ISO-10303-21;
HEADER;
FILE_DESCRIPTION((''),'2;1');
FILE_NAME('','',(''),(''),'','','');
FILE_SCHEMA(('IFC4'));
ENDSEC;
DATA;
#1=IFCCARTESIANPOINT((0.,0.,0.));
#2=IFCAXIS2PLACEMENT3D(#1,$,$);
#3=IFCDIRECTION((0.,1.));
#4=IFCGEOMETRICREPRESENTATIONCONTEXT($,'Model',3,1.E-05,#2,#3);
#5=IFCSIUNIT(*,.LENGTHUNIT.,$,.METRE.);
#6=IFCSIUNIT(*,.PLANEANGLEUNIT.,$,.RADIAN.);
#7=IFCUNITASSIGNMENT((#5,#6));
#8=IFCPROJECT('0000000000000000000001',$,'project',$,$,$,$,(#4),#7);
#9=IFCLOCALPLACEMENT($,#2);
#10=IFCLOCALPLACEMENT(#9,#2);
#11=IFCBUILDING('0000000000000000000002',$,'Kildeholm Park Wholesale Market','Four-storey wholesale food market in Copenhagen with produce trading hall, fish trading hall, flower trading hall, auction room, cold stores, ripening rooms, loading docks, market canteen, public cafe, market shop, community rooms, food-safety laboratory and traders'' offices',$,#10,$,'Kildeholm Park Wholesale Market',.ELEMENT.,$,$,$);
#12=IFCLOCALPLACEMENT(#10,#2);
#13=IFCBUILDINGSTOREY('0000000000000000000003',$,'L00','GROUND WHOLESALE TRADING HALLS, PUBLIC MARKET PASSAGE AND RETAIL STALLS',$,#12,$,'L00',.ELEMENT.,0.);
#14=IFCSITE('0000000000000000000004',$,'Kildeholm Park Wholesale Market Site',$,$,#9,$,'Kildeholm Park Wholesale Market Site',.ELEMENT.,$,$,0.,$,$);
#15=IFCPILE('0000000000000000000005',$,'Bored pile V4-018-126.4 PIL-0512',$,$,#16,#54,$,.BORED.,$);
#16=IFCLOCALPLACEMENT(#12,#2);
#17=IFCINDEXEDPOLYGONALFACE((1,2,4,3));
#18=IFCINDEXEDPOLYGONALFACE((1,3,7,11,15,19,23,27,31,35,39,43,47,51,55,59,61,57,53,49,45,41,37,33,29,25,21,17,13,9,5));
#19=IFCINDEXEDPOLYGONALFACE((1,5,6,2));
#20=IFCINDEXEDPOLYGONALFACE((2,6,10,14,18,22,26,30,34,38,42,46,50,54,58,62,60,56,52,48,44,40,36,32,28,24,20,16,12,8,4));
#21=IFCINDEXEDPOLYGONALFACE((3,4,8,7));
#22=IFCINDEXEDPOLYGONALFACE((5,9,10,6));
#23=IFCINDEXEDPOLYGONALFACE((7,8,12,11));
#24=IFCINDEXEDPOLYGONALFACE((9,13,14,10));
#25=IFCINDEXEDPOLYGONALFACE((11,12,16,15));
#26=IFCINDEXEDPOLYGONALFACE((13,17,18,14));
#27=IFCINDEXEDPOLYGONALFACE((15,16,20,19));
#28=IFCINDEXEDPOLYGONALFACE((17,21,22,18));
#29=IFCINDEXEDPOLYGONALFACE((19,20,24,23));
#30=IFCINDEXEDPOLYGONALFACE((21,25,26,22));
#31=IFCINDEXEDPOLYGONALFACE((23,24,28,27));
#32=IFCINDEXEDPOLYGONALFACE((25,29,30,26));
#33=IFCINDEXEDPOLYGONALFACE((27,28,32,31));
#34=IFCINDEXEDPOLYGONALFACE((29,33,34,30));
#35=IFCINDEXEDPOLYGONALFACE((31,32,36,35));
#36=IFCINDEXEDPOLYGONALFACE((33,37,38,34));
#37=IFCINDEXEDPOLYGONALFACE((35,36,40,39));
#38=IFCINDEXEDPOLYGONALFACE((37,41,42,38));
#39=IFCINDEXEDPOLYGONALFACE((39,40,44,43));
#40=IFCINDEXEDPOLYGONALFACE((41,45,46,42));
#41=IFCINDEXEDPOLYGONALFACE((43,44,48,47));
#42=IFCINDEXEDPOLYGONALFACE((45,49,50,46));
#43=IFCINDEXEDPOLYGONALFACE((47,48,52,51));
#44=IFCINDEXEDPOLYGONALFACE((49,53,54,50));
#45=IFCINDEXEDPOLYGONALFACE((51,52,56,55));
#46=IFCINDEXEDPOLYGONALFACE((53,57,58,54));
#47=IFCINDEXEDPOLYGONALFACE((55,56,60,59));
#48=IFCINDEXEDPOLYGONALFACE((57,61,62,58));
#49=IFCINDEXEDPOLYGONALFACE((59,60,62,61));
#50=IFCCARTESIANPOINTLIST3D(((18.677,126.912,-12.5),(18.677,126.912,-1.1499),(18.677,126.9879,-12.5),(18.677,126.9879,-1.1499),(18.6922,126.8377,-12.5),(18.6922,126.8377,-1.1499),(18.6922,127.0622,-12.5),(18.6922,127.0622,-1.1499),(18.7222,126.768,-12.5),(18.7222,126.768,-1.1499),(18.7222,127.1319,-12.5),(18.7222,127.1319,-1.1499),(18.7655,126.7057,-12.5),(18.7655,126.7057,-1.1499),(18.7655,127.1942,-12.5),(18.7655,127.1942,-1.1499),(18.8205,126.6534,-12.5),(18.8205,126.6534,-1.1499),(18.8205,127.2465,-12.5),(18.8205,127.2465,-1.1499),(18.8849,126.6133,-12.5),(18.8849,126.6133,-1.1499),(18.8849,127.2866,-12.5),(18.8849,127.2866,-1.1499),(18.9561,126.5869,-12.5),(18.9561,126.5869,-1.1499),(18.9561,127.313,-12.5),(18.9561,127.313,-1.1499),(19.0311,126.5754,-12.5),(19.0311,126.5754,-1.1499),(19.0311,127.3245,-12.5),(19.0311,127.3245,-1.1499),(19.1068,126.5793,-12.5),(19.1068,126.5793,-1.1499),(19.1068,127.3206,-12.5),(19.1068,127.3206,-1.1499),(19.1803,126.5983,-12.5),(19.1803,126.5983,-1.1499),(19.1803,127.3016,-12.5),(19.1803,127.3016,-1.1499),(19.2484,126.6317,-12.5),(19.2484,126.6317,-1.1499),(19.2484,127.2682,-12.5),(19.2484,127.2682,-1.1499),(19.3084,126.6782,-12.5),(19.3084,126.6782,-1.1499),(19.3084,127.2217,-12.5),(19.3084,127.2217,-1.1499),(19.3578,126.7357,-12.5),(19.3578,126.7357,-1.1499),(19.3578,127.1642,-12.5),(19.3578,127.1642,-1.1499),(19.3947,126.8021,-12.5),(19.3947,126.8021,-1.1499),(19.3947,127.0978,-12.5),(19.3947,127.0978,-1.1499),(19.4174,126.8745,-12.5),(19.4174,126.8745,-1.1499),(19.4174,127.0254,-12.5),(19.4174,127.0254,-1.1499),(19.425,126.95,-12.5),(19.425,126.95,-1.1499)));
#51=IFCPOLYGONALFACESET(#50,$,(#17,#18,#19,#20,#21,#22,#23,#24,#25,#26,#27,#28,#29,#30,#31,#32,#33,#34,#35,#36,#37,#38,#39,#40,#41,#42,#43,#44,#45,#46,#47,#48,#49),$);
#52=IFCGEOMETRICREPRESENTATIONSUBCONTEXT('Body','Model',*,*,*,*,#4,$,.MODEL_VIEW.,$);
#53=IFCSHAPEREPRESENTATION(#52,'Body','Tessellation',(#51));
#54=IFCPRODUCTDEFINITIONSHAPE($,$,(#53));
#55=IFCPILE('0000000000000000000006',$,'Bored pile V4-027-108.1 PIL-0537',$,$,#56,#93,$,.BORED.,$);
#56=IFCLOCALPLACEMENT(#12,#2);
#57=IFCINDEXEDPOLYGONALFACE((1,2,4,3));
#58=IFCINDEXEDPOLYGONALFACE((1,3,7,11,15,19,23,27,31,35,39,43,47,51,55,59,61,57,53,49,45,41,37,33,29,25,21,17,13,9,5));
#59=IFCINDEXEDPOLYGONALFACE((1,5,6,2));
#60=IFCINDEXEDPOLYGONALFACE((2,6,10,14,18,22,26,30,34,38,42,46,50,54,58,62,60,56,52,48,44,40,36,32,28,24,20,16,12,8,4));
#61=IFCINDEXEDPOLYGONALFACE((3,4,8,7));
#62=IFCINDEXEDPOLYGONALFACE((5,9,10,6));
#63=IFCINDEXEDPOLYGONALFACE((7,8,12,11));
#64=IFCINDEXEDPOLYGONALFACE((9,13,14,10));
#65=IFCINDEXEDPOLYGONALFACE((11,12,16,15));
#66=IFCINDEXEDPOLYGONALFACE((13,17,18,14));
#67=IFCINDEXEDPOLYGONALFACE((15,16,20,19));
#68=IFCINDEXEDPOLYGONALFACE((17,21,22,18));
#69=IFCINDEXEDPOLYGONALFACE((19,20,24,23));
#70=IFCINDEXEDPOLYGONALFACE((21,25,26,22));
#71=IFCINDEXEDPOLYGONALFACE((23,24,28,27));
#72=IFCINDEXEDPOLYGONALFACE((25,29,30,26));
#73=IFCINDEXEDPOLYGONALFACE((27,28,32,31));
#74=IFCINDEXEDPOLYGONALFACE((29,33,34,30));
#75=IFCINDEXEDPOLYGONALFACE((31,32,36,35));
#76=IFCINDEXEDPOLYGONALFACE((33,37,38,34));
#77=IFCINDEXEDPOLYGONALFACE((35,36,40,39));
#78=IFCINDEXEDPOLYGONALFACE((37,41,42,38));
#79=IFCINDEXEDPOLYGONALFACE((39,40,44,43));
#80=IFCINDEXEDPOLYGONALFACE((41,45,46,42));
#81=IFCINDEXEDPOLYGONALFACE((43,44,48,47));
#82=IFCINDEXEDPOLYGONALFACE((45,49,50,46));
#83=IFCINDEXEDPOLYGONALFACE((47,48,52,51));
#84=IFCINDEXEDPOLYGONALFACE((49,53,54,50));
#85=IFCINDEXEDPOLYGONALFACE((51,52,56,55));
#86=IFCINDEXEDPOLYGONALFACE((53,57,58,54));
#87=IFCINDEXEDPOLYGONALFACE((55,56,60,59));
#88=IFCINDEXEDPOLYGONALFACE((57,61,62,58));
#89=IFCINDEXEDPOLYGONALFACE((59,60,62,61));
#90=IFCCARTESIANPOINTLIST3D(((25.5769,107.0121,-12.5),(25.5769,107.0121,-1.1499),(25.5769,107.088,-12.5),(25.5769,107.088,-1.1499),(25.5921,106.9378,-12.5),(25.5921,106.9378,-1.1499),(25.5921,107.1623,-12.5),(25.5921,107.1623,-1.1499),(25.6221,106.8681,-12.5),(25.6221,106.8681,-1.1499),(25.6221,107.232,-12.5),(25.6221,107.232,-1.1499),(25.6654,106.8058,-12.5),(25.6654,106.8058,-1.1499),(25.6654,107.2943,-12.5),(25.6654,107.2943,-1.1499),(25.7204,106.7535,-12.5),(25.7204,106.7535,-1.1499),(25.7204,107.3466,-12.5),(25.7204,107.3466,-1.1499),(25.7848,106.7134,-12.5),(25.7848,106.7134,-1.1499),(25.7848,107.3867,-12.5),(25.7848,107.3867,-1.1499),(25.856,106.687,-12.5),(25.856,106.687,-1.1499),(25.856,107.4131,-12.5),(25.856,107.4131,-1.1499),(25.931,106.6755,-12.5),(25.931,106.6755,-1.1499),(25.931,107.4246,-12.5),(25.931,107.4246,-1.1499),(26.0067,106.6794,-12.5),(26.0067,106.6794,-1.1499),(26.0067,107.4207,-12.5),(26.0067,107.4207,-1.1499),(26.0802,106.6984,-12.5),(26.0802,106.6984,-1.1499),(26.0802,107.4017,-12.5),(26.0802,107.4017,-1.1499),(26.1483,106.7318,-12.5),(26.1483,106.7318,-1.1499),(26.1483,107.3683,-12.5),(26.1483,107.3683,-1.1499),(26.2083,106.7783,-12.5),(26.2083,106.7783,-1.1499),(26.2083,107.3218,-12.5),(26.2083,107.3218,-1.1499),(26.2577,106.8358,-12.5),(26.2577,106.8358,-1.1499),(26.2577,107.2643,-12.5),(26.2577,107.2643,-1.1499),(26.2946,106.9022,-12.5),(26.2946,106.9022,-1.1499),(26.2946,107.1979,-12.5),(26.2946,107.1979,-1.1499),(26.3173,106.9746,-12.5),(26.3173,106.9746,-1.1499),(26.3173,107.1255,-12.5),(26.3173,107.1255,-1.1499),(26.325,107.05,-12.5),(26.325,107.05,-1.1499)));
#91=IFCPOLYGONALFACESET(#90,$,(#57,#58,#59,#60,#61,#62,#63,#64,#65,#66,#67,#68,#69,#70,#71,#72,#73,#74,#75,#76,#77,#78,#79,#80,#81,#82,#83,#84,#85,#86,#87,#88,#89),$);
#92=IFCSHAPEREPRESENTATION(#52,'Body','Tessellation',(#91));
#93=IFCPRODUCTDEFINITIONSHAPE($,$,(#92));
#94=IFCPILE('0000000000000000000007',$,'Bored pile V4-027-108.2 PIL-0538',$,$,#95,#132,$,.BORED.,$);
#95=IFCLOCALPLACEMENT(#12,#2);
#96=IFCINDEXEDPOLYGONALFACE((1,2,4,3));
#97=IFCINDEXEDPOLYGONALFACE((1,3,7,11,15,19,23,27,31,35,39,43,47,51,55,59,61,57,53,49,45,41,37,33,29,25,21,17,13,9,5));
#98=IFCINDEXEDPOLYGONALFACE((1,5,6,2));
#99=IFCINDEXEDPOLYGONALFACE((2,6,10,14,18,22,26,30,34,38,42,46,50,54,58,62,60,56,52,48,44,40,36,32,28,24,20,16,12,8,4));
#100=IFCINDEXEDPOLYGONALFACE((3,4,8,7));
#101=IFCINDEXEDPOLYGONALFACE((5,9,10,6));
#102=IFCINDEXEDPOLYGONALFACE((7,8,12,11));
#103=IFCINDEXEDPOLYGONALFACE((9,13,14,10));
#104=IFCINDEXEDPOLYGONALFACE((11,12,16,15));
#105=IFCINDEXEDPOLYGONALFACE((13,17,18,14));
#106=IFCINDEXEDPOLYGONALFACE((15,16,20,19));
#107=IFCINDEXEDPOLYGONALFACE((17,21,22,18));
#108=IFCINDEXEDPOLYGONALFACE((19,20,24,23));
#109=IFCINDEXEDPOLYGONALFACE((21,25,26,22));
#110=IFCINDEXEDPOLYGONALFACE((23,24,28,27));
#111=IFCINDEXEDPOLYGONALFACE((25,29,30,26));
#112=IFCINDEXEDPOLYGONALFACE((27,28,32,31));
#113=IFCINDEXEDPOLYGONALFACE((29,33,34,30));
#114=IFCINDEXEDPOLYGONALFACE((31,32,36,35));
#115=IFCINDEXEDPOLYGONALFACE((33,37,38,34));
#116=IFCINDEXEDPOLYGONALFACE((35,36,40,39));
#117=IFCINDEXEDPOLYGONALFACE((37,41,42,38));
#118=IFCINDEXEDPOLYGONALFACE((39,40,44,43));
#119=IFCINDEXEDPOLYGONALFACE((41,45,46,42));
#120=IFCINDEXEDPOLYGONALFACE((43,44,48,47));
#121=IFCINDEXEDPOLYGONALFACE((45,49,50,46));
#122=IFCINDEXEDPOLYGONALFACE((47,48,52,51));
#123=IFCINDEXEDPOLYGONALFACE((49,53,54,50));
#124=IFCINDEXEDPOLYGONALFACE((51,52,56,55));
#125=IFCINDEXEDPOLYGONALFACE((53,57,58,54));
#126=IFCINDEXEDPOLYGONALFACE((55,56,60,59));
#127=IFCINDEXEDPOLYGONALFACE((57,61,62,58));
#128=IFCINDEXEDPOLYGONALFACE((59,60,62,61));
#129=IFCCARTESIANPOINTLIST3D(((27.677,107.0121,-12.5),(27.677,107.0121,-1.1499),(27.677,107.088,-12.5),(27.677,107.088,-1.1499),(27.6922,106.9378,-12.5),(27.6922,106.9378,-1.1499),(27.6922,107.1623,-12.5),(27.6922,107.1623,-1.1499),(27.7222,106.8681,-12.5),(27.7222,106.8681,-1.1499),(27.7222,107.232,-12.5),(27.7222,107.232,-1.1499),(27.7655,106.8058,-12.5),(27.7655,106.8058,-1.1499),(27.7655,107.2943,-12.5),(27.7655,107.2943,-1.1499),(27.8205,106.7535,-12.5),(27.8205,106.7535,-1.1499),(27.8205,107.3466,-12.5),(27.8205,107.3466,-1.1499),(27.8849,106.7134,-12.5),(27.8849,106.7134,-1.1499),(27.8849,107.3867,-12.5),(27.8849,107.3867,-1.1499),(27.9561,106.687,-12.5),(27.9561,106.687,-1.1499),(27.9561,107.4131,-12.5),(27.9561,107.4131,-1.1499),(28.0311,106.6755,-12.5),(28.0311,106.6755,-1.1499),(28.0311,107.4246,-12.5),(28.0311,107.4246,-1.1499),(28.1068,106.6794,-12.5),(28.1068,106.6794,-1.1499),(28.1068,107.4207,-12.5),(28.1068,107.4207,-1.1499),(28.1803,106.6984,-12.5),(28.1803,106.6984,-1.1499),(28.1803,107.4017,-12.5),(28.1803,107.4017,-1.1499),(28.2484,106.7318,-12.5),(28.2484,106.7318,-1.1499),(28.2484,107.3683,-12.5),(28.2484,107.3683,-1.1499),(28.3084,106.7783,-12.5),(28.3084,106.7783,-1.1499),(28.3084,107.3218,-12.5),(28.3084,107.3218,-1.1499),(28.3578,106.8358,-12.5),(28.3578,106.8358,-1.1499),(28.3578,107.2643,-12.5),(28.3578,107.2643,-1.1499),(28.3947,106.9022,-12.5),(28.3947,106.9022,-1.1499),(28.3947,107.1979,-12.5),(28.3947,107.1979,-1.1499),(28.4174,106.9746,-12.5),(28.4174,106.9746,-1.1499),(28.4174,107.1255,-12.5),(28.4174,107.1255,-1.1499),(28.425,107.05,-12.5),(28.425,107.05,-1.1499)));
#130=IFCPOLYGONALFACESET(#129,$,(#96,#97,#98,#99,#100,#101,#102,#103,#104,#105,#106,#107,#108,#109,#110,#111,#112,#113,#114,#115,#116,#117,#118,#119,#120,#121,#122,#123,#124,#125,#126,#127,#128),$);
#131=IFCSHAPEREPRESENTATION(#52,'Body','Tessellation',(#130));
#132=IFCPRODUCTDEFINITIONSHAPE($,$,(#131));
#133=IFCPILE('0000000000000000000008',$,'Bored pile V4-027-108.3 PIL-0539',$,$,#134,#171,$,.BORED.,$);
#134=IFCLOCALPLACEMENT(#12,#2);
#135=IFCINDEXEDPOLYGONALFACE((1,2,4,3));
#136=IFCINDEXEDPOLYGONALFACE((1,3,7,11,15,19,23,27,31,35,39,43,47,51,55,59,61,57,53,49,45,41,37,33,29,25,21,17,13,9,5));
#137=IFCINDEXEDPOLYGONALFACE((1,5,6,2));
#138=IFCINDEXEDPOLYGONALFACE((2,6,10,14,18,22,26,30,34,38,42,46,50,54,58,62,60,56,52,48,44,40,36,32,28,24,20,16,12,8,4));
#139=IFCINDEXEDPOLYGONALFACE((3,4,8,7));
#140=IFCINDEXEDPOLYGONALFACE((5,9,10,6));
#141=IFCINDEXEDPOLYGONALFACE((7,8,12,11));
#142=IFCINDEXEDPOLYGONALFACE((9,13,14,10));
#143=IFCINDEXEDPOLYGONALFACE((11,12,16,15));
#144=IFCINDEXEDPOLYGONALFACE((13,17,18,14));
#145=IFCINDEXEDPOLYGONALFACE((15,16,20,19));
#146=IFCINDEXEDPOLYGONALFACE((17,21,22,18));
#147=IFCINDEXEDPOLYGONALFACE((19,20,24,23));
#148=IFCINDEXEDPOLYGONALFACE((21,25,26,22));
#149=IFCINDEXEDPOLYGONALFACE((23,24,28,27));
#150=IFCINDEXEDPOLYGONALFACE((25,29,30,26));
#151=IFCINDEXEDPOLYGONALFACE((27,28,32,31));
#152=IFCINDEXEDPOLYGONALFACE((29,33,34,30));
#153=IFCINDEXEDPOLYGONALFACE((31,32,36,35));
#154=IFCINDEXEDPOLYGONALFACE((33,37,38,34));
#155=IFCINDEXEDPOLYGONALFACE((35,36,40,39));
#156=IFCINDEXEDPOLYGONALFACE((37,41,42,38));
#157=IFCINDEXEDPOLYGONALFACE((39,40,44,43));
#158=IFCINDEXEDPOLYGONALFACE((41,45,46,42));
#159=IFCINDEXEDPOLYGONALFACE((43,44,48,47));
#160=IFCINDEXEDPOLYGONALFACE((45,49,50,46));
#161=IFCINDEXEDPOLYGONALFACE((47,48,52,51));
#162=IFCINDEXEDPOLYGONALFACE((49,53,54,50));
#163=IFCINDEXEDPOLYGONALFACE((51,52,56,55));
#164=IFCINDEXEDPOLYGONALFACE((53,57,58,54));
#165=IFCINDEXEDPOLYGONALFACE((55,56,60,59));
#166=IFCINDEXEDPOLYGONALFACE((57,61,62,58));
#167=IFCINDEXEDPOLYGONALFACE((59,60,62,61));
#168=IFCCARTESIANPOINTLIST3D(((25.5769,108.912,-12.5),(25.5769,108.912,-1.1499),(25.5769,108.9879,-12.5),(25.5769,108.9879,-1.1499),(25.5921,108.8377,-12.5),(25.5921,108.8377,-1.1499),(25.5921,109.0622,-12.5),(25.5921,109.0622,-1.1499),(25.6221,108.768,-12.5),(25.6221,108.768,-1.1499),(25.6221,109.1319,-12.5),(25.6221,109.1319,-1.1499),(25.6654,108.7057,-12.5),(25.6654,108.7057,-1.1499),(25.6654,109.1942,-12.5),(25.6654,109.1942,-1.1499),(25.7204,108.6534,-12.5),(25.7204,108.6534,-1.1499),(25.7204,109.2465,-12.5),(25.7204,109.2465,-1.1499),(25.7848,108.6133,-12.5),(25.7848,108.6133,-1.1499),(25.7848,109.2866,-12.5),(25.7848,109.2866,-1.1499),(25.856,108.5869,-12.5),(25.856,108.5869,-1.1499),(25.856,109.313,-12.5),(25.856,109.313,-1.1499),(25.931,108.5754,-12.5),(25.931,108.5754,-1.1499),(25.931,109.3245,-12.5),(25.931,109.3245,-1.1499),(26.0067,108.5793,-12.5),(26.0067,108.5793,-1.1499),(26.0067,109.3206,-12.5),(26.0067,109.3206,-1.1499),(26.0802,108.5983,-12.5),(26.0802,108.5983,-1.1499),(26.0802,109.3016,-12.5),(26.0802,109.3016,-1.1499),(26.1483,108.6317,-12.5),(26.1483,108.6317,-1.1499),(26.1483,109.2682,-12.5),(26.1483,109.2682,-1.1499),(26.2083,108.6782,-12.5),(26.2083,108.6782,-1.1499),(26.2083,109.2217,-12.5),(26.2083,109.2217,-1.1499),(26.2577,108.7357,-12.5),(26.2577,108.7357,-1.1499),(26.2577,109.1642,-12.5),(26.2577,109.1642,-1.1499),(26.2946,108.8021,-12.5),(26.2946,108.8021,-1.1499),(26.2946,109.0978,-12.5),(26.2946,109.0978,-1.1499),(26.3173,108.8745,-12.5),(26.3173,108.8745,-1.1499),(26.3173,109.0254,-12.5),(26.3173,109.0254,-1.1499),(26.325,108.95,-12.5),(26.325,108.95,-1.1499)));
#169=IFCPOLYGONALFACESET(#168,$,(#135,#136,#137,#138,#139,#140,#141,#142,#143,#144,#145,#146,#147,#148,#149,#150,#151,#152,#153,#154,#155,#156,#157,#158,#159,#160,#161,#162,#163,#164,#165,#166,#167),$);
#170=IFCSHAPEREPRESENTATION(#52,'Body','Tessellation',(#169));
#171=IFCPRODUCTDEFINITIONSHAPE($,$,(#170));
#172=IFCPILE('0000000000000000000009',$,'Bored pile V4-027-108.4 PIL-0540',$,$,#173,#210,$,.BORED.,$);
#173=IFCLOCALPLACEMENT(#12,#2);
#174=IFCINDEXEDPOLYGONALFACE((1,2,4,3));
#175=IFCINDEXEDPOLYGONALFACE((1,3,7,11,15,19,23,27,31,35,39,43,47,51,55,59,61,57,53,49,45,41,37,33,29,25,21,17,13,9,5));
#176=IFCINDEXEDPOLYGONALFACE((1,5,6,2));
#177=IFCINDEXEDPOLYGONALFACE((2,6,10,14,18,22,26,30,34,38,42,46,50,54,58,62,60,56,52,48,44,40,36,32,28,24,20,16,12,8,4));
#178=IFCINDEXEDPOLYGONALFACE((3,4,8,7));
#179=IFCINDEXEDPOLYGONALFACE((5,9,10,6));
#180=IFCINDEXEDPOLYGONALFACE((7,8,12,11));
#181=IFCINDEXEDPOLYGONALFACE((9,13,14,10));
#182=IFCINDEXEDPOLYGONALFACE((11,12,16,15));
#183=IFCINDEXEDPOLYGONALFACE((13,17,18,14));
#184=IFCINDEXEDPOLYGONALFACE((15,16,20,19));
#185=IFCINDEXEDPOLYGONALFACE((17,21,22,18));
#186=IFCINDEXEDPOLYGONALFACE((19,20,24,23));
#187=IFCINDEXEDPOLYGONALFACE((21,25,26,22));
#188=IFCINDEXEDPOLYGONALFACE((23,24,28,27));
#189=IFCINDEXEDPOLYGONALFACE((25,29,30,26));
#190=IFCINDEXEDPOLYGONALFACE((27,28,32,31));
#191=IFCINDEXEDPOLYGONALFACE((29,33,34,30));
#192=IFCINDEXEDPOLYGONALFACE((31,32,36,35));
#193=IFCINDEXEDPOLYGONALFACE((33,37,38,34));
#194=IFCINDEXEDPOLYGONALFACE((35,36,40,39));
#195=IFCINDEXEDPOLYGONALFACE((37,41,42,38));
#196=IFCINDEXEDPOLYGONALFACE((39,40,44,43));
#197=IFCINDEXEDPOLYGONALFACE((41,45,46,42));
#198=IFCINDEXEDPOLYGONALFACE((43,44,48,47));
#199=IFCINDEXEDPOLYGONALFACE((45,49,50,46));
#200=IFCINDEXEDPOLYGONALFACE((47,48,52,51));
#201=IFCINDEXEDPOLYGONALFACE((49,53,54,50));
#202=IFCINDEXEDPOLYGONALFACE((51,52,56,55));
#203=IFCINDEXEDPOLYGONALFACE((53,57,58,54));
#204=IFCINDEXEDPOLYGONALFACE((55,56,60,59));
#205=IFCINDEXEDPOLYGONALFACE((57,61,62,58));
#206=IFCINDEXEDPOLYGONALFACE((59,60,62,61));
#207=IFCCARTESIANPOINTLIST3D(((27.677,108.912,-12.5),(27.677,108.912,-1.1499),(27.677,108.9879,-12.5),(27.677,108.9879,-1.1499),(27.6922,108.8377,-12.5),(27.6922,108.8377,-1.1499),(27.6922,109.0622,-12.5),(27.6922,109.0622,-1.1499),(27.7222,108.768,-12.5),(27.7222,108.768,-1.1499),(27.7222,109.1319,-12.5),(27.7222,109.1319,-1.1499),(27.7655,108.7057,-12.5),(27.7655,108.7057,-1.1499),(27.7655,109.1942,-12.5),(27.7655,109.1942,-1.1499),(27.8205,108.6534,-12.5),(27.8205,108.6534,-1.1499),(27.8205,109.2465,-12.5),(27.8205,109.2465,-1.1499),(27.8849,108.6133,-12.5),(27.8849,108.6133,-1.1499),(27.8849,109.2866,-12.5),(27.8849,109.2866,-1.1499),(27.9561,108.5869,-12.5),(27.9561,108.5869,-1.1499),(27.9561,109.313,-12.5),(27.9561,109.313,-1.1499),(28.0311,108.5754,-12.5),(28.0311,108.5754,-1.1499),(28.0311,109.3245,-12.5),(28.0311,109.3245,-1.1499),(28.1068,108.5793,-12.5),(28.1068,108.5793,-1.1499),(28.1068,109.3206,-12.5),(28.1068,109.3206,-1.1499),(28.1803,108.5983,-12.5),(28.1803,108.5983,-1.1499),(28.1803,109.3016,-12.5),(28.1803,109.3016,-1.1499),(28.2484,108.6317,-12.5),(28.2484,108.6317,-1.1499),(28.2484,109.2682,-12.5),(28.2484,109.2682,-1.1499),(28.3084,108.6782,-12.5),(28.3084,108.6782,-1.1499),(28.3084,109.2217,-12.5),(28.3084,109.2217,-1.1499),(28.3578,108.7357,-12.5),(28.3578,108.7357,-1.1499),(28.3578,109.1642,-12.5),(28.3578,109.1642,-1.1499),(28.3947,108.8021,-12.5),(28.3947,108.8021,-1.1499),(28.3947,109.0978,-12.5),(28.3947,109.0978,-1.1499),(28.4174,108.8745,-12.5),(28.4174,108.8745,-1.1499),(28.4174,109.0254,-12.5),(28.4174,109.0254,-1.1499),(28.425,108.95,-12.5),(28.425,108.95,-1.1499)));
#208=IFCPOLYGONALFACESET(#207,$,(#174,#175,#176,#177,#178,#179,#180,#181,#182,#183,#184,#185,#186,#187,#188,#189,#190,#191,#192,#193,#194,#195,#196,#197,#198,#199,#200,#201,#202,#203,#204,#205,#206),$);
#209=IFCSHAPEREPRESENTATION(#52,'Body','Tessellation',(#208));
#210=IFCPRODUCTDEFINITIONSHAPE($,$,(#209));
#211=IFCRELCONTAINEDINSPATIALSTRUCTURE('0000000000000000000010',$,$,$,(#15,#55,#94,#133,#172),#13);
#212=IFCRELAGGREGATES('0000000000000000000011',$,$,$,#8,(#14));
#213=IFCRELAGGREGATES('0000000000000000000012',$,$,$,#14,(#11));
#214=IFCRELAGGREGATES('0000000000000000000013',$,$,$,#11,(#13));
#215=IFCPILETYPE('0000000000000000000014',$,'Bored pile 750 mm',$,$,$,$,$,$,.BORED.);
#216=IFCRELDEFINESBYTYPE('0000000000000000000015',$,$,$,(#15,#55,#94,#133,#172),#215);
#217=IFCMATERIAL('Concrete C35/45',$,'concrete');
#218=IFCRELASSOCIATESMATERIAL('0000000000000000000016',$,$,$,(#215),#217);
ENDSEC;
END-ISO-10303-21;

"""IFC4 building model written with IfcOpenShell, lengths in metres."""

from ifc_helpers import new_model, si_unit, direction, frame, origin, origin_2d, place, context, subcontext, project, spatial, circle, extrude, material, material_profile, profile_set, type_object, element, save


model = new_model("IFC4")

# Units and contexts
model_context = context("Model", 3, precision=1e-05, world=origin(), true_north=direction((0.0, 1.0)))
body_context = subcontext(model_context, "Body", "Model", "MODEL_VIEW")
ifc_project = project(units=[si_unit("LENGTHUNIT", "METRE"), si_unit("PLANEANGLEUNIT", "RADIAN")], contexts=[model_context])

# Site, building, storey
site_placement = place(None, origin())
site = spatial("IfcSite", under=ifc_project, at=site_placement, Name="Kildeholm Park Wholesale Market Site", LongName="Kildeholm Park Wholesale Market Site", CompositionType="ELEMENT", RefElevation=0.0)
building_placement = place(site_placement, origin())
building = spatial("IfcBuilding", under=site, at=building_placement, Name="Kildeholm Park Wholesale Market", Description="Four-storey wholesale food market in Copenhagen with produce trading hall, fish trading hall, flower trading hall, auction room, cold stores, ripening rooms, loading docks, market canteen, public cafe, market shop, community rooms, food-safety laboratory and traders' offices", LongName="Kildeholm Park Wholesale Market", CompositionType="ELEMENT")
storey_placement = place(building_placement, origin())
storey = spatial("IfcBuildingStorey", under=building, at=storey_placement, Name="L00", Description="GROUND WHOLESALE TRADING HALLS, PUBLIC MARKET PASSAGE AND RETAIL STALLS", LongName="L00", CompositionType="ELEMENT", Elevation=0.0)

# Piles
ifc_material_1 = material(Name="Concrete C35/45", Category="concrete")
ifc_material_profile_1 = material_profile(ifc_material_1, circle(Radius=0.375, at=origin_2d()), Name="PILE D750")
ifc_profile_set_1 = profile_set([ifc_material_profile_1], Name="Concrete C35/45")
pile_type = type_object("IfcPileType", Name="Bored pile 750 mm", PredefinedType="BORED", material=ifc_profile_set_1)
for number, where, z_axis, x_axis, name in (
    (1, (19.05, 126.95, -1.1499), (0.0, 0.0, -1.0), (1.0, 0.0, 0.0), "Bored pile V4-018-126.4 PIL-0512"),
    (2, (25.95, 107.05, -1.1499), (0.0, 0.0, -1.0), (1.0, 0.0, 0.0), "Bored pile V4-027-108.1 PIL-0537"),
    (3, (28.05, 107.05, -1.1499), (0.0, 0.0, -1.0), (1.0, 0.0, 0.0), "Bored pile V4-027-108.2 PIL-0538"),
    (4, (25.95, 108.95, -1.1499), (0.0, 0.0, -1.0), (1.0, 0.0, 0.0), "Bored pile V4-027-108.3 PIL-0539"),
    (5, (28.05, 108.95, -1.1499), (0.0, 0.0, -1.0), (1.0, 0.0, 0.0), "Bored pile V4-027-108.4 PIL-0540"),
):
    element("IfcPile", number, at=place(storey_placement, frame(where, z_axis=z_axis, x_axis=x_axis)), inside=storey, type_object=pile_type, Name=name, PredefinedType="BORED", context=body_context, shape_type="SweptSolid", body=[
        extrude(circle(Radius=0.375, at=origin_2d()), origin(), (0.0, 0.0, 1.0), 11.3501),
    ])

save(model, "model.ifc")
